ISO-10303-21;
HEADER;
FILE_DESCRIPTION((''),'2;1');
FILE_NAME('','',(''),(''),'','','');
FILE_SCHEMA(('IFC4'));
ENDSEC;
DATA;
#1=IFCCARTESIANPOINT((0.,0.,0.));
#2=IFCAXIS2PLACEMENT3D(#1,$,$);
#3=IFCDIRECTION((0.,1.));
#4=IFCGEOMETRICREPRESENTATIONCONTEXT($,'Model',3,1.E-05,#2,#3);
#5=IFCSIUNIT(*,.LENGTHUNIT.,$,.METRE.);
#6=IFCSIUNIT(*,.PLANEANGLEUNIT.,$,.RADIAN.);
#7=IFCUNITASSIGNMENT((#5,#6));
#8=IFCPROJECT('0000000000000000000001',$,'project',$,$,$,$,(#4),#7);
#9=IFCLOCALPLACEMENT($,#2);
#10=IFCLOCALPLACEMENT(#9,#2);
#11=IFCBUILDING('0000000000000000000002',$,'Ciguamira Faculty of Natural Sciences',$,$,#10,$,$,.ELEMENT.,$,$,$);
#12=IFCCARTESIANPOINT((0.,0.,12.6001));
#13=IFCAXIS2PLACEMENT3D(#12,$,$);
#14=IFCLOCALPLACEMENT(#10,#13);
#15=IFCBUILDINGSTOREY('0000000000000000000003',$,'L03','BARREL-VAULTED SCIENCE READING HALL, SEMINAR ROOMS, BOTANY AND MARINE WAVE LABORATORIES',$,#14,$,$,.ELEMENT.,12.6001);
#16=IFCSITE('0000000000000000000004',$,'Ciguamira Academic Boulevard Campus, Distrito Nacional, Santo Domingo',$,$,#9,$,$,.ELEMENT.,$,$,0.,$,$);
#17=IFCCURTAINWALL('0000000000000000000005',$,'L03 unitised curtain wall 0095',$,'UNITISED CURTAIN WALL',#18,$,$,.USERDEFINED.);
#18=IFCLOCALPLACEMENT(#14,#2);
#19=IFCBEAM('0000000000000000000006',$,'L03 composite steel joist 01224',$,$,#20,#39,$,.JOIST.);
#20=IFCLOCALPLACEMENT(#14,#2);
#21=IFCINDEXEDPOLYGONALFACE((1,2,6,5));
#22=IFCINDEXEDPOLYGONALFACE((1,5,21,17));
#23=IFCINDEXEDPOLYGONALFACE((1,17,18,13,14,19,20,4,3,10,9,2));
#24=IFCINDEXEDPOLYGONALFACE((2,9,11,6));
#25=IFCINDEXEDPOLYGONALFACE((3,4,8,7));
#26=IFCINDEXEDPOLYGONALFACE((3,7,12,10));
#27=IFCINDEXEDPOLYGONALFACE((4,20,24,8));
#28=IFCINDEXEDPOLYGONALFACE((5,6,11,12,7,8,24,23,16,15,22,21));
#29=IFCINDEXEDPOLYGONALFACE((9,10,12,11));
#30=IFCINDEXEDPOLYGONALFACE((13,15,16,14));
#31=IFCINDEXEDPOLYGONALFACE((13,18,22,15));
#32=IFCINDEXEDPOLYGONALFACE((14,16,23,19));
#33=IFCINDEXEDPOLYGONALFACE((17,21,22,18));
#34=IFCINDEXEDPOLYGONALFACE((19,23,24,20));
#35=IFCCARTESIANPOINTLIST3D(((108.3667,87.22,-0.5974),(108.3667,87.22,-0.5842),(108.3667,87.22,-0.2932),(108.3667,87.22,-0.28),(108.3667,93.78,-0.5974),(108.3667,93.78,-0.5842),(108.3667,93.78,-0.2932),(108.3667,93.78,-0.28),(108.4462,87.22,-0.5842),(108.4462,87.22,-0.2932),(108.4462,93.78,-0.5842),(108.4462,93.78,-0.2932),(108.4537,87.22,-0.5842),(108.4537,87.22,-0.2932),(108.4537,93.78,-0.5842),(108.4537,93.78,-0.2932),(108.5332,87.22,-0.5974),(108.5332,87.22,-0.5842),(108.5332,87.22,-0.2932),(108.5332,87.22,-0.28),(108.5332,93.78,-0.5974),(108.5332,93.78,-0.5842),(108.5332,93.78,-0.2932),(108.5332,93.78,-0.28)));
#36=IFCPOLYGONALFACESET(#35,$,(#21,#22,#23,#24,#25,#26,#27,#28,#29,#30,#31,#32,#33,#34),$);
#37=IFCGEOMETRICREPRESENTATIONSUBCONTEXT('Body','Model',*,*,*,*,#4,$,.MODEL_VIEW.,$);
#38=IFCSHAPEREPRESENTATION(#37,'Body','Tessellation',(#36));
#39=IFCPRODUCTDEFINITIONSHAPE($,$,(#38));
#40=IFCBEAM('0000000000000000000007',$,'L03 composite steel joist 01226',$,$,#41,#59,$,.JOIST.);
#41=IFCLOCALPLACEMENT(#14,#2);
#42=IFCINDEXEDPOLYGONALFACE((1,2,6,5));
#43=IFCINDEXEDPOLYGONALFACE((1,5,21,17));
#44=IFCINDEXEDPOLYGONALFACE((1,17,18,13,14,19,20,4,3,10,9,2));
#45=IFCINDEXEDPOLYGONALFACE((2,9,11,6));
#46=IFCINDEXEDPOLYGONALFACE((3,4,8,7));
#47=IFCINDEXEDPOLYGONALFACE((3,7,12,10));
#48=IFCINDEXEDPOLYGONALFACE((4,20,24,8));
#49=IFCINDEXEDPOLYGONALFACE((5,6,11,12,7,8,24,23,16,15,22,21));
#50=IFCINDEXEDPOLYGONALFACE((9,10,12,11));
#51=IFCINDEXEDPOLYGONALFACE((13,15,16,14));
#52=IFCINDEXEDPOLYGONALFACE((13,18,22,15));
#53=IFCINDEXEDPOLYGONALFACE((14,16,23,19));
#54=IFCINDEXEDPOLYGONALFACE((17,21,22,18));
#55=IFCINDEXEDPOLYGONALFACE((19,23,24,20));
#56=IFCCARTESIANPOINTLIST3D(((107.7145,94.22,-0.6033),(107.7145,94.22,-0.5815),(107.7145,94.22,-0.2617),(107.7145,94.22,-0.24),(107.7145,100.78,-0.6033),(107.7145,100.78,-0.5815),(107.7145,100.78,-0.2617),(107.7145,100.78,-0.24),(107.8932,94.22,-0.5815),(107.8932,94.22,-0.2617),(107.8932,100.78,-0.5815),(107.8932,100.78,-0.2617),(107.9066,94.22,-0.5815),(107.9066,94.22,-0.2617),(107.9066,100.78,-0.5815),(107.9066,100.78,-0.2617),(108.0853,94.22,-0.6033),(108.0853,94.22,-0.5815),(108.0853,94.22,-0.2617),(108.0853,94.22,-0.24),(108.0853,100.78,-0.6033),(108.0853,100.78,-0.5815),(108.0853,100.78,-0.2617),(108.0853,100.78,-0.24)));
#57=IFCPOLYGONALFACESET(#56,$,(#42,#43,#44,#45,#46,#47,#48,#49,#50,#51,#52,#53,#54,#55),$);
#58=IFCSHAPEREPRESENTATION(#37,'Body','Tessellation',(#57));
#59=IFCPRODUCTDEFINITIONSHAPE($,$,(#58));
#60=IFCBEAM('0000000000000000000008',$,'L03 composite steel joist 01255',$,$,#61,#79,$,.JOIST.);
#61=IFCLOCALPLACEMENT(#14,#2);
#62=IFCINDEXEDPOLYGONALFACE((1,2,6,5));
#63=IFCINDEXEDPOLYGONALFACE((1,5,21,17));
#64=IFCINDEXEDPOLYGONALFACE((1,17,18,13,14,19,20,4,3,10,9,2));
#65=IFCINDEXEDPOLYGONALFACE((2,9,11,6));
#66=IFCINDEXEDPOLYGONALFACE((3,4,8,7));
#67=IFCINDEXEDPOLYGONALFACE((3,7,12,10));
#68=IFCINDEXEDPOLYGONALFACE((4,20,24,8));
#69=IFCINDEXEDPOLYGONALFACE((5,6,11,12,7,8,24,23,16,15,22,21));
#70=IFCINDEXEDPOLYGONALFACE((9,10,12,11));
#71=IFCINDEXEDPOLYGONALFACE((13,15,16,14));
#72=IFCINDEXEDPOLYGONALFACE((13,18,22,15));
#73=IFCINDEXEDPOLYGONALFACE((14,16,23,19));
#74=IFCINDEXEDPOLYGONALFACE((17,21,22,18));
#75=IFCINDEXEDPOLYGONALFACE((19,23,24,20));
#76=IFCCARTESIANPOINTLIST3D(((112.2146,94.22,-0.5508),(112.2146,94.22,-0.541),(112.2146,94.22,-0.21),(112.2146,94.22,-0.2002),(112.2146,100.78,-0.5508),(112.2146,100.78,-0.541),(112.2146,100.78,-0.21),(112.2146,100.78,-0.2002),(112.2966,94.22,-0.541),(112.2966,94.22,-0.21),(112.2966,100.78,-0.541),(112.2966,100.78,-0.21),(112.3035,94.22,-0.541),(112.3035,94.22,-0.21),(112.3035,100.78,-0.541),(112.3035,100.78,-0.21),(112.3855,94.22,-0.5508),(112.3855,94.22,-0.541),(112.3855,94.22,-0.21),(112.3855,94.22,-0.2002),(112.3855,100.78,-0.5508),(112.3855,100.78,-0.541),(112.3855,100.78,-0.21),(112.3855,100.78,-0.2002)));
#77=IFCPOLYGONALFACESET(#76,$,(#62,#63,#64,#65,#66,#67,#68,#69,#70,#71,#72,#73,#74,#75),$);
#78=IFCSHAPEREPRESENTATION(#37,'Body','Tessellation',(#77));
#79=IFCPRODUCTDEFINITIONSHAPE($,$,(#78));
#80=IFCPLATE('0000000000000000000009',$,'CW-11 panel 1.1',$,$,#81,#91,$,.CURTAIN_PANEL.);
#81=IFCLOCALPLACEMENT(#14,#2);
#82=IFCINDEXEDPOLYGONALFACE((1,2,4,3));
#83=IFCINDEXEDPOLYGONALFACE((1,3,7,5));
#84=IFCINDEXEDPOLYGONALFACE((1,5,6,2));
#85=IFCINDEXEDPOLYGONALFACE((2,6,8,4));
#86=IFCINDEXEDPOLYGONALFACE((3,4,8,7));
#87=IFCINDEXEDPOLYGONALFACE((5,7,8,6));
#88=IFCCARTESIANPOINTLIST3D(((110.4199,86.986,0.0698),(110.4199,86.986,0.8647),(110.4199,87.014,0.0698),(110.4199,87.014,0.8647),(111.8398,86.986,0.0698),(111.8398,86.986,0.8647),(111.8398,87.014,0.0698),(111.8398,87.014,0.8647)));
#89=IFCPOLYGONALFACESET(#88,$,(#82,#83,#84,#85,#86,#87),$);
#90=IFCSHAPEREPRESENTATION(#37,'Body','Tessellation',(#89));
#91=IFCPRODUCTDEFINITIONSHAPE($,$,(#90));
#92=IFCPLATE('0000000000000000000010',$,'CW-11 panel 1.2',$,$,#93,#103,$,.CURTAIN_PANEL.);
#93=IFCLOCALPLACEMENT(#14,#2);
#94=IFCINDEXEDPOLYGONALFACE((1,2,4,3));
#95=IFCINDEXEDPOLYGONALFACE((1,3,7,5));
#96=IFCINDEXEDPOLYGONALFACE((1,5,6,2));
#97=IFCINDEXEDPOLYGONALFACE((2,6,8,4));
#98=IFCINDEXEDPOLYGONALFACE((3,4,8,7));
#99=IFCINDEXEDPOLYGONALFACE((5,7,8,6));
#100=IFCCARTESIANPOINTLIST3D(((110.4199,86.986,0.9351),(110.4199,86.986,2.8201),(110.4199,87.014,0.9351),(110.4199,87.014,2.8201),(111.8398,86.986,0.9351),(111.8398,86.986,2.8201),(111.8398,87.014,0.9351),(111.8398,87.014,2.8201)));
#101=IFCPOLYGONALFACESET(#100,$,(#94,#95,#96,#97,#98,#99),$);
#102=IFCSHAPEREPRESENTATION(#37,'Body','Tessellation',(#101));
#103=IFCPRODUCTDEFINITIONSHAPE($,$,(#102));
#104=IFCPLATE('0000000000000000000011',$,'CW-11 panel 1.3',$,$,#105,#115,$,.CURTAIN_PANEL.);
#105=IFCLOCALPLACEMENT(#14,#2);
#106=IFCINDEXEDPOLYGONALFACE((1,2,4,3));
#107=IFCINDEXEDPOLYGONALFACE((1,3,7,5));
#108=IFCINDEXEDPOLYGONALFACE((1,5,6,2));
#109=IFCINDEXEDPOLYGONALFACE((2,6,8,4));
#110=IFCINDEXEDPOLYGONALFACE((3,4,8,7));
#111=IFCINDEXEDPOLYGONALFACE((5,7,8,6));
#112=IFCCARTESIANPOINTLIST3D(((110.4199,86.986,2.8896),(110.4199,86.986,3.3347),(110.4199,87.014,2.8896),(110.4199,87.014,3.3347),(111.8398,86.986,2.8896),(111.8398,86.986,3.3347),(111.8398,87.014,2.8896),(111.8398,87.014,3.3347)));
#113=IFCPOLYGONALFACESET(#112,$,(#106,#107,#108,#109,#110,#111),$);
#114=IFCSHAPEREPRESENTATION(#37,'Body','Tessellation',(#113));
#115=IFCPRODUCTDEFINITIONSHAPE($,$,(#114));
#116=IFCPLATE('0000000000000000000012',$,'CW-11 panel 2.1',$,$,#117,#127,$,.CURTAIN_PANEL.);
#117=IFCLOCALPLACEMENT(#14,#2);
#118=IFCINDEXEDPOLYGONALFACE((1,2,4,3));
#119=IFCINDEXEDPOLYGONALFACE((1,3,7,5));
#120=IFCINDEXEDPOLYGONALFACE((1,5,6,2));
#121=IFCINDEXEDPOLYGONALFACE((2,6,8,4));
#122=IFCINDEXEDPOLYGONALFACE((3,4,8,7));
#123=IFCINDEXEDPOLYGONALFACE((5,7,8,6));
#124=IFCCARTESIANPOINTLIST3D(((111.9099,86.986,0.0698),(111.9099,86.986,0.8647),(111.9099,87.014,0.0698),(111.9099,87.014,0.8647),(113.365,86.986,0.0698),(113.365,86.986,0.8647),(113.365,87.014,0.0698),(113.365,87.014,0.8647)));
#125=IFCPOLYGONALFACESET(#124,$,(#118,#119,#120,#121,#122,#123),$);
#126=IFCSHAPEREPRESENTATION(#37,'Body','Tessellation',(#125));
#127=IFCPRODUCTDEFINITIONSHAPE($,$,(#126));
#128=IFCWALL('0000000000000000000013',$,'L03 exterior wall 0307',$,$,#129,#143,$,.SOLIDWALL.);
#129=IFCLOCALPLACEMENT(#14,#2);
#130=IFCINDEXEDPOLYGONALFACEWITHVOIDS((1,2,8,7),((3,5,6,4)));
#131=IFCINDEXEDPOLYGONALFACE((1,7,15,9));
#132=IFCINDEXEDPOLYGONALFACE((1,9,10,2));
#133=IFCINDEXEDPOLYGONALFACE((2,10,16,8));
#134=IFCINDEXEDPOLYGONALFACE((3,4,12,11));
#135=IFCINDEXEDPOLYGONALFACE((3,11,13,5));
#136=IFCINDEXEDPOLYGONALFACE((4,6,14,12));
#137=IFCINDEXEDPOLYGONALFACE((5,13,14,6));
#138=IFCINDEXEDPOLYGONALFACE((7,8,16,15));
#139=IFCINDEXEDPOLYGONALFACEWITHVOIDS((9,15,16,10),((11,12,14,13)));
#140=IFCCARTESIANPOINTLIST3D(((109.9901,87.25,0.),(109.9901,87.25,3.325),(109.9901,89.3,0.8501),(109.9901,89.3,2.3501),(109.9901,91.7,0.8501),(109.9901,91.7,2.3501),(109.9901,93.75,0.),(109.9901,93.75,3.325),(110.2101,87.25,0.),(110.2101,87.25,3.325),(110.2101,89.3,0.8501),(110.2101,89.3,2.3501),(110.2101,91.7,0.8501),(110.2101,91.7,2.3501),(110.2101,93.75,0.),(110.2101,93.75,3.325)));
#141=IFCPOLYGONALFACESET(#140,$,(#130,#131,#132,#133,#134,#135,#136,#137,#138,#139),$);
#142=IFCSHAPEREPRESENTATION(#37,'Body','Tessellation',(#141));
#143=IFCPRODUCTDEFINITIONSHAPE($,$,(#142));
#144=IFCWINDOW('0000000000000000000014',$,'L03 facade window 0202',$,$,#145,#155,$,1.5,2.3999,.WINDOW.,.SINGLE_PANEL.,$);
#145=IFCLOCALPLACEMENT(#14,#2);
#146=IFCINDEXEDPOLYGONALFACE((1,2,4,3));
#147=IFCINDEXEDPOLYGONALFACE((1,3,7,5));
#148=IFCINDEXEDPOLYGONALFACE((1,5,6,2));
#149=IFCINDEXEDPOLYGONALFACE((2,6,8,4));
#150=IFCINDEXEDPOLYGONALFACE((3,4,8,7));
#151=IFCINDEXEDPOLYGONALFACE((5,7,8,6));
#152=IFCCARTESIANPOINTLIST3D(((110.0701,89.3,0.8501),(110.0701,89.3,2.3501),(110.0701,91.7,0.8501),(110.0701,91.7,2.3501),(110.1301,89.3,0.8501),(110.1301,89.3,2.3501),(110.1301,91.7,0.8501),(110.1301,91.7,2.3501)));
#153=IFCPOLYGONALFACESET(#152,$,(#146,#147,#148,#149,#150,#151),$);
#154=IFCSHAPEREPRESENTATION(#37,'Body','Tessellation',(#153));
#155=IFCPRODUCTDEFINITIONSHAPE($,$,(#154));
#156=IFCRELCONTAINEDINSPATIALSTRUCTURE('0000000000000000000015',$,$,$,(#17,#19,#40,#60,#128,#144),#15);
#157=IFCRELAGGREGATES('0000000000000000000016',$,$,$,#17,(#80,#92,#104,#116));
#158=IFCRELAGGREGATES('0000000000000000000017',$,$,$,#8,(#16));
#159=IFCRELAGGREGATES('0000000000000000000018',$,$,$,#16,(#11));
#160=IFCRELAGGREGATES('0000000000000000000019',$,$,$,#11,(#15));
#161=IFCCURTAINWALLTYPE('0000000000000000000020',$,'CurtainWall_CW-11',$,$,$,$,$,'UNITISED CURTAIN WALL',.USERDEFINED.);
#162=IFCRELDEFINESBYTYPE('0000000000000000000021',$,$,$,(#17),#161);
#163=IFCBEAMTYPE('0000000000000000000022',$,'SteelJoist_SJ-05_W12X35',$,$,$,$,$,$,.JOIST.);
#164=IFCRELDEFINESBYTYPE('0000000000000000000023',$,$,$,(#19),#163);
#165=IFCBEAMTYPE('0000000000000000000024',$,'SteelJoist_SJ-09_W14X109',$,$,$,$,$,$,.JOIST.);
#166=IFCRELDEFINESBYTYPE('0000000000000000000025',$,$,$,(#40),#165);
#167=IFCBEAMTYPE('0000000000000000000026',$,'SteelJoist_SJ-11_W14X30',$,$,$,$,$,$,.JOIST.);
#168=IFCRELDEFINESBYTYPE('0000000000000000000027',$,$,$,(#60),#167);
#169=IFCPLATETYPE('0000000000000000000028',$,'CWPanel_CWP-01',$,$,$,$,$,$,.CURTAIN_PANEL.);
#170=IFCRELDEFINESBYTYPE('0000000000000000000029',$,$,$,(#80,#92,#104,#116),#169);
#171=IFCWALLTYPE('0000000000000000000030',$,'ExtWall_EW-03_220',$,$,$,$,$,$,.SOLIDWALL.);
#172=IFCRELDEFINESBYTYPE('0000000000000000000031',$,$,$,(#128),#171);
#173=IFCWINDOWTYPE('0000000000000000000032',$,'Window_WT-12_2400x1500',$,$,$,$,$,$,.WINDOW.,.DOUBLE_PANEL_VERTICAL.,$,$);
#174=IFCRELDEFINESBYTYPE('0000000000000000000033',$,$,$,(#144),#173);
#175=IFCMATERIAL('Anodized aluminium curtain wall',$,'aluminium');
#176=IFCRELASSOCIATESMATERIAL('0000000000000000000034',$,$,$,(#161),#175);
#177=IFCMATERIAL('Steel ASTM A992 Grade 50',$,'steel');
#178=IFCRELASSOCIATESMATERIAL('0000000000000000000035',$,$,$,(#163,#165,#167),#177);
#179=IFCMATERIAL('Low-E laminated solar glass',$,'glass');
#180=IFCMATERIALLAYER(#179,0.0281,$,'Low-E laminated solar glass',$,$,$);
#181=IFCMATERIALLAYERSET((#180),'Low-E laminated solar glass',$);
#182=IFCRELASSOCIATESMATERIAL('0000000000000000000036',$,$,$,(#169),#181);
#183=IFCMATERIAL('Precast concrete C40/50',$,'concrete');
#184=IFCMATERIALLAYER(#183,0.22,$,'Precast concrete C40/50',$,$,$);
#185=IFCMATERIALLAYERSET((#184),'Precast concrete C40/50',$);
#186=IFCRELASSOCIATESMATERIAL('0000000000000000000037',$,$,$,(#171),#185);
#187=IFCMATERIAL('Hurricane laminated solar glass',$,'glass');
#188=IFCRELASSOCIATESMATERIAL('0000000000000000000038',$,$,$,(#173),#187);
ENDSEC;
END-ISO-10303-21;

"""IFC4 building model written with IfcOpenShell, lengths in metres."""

from ifc_helpers import new_model, si_unit, direction, frame, frame_2d, origin, origin_2d, place, context, subcontext, project, spatial, rectangle, i_section, extrude, material, layer, layer_set, material_profile, profile_set, type_object, element, fill, aggregate, save


model = new_model("IFC4")

# Units and contexts
model_context = context("Model", 3, precision=1e-05, world=origin(), true_north=direction((0.0, 1.0)))
body_context = subcontext(model_context, "Body", "Model", "MODEL_VIEW")
ifc_project = project(units=[si_unit("LENGTHUNIT", "METRE"), si_unit("PLANEANGLEUNIT", "RADIAN")], contexts=[model_context])

# Site, building, storey
site_placement = place(None, origin())
site = spatial("IfcSite", under=ifc_project, at=site_placement, Name="Ciguamira Academic Boulevard Campus, Distrito Nacional, Santo Domingo", CompositionType="ELEMENT", RefElevation=0.0)
building_placement = place(site_placement, origin())
building = spatial("IfcBuilding", under=site, at=building_placement, Name="Ciguamira Faculty of Natural Sciences", CompositionType="ELEMENT")
storey_placement = place(building_placement, frame((0.0, 0.0, 12.6001)))
storey = spatial("IfcBuildingStorey", under=building, at=storey_placement, Name="L03", Description="BARREL-VAULTED SCIENCE READING HALL, SEMINAR ROOMS, BOTANY AND MARINE WAVE LABORATORIES", CompositionType="ELEMENT", Elevation=12.6001)

# Curtain wall
ifc_material_1 = material(Name="Anodized aluminium curtain wall", Category="aluminium")
curtain_wall_type = type_object("IfcCurtainWallType", Name="CurtainWall_CW-11", ElementType="UNITISED CURTAIN WALL", PredefinedType="USERDEFINED", material=ifc_material_1)
curtain_wall_placement = place(storey_placement, origin())
curtain_wall = element("IfcCurtainWall", 1, at=curtain_wall_placement, inside=storey, type_object=curtain_wall_type, Name="L03 unitised curtain wall 0095", ObjectType="UNITISED CURTAIN WALL", PredefinedType="USERDEFINED")

# Beams
ifc_material_2 = material(Name="Precast concrete C40/50", Category="concrete")
ifc_material_3 = material(Name="Steel ASTM A992 Grade 50", Category="steel")
ifc_material_profile_1 = material_profile(ifc_material_3, i_section(OverallWidth=0.1665, OverallDepth=0.3174, WebThickness=0.0076, FlangeThickness=0.0132, at=origin_2d()), Name="W12X35")
ifc_profile_set_1 = profile_set([ifc_material_profile_1], Name="Steel ASTM A992 Grade 50")
beam_type_1 = type_object("IfcBeamType", Name="SteelJoist_SJ-05_W12X35", PredefinedType="JOIST", material=ifc_profile_set_1)
beam_1_placement = place(storey_placement, frame((108.45, 87.22, -0.4387), z_axis=(0.0, 1.0, 0.0), x_axis=(-1.0, 0.0, 0.0)))
element("IfcBeam", 2, at=beam_1_placement, inside=storey, type_object=beam_type_1, Name="L03 composite steel joist 01224", PredefinedType="JOIST", context=body_context, shape_type="SweptSolid", body=[
    extrude(i_section(OverallWidth=0.1665, OverallDepth=0.3174, WebThickness=0.0076, FlangeThickness=0.0132, at=origin_2d()), origin(), (0.0, 0.0, 1.0), 6.5601),
])
ifc_material_profile_2 = material_profile(ifc_material_3, i_section(OverallWidth=0.3708, OverallDepth=0.3633, WebThickness=0.0134, FlangeThickness=0.0217, at=origin_2d()), Name="W14X109")
ifc_profile_set_2 = profile_set([ifc_material_profile_2], Name="Steel ASTM A992 Grade 50")
beam_type_2 = type_object("IfcBeamType", Name="SteelJoist_SJ-09_W14X109", PredefinedType="JOIST", material=ifc_profile_set_2)
beam_2_placement = place(storey_placement, frame((107.8999, 94.22, -0.4216), z_axis=(0.0, 1.0, 0.0), x_axis=(-1.0, 0.0, 0.0)))
element("IfcBeam", 3, at=beam_2_placement, inside=storey, type_object=beam_type_2, Name="L03 composite steel joist 01226", PredefinedType="JOIST", context=body_context, shape_type="SweptSolid", body=[
    extrude(i_section(OverallWidth=0.3708, OverallDepth=0.3633, WebThickness=0.0134, FlangeThickness=0.0217, at=origin_2d()), origin(), (0.0, 0.0, 1.0), 6.5601),
])
ifc_material_profile_3 = material_profile(ifc_material_3, i_section(OverallWidth=0.1709, OverallDepth=0.3506, WebThickness=0.0068, FlangeThickness=0.0098, at=origin_2d()), Name="W14X30")
ifc_profile_set_3 = profile_set([ifc_material_profile_3], Name="Steel ASTM A992 Grade 50")
beam_type_3 = type_object("IfcBeamType", Name="SteelJoist_SJ-11_W14X30", PredefinedType="JOIST", material=ifc_profile_set_3)
beam_3_placement = place(storey_placement, frame((112.3, 94.22, -0.3755), z_axis=(0.0, 1.0, 0.0), x_axis=(-1.0, 0.0, 0.0)))
element("IfcBeam", 4, at=beam_3_placement, inside=storey, type_object=beam_type_3, Name="L03 composite steel joist 01255", PredefinedType="JOIST", context=body_context, shape_type="SweptSolid", body=[
    extrude(i_section(OverallWidth=0.1709, OverallDepth=0.3506, WebThickness=0.0068, FlangeThickness=0.0098, at=origin_2d()), origin(), (0.0, 0.0, 1.0), 6.5601),
])

# Plates
ifc_material_4 = material(Name="Low-E laminated solar glass", Category="glass")
ifc_layer_1 = layer(ifc_material_4, 0.0281, Name="Low-E laminated solar glass")
ifc_layer_set_1 = layer_set([ifc_layer_1], Name="Low-E laminated solar glass")
plate_type = type_object("IfcPlateType", Name="CWPanel_CWP-01", PredefinedType="CURTAIN_PANEL", material=ifc_layer_set_1)
plate_1_placement = place(storey_placement, frame((111.1299, 87.0, 0.0698), z_axis=(0.0, 0.0, 1.0), x_axis=(1.0, 0.0, 0.0)))
plate_1 = element("IfcPlate", 5, at=plate_1_placement, type_object=plate_type, Name="CW-11 panel 1.1", PredefinedType="CURTAIN_PANEL", context=body_context, shape_type="SweptSolid", body=[
    extrude(rectangle(XDim=1.4199, YDim=0.0281, at=origin_2d()), origin(), (0.0, 0.0, 1.0), 0.7949),
])
plate_2_placement = place(storey_placement, frame((111.1299, 87.0, 0.9351), z_axis=(0.0, 0.0, 1.0), x_axis=(1.0, 0.0, 0.0)))
plate_2 = element("IfcPlate", 6, at=plate_2_placement, type_object=plate_type, Name="CW-11 panel 1.2", PredefinedType="CURTAIN_PANEL", context=body_context, shape_type="SweptSolid", body=[
    extrude(rectangle(XDim=1.4199, YDim=0.0281, at=origin_2d()), origin(), (0.0, 0.0, 1.0), 1.885),
])
plate_3_placement = place(storey_placement, frame((111.1299, 87.0, 2.8896), z_axis=(0.0, 0.0, 1.0), x_axis=(1.0, 0.0, 0.0)))
plate_3 = element("IfcPlate", 7, at=plate_3_placement, type_object=plate_type, Name="CW-11 panel 1.3", PredefinedType="CURTAIN_PANEL", context=body_context, shape_type="SweptSolid", body=[
    extrude(rectangle(XDim=1.4199, YDim=0.0281, at=origin_2d()), origin(), (0.0, 0.0, 1.0), 0.4451),
])
plate_4_placement = place(storey_placement, frame((112.6375, 87.0, 0.0698), z_axis=(0.0, 0.0, 1.0), x_axis=(1.0, 0.0, 0.0)))
plate_4 = element("IfcPlate", 8, at=plate_4_placement, type_object=plate_type, Name="CW-11 panel 2.1", PredefinedType="CURTAIN_PANEL", context=body_context, shape_type="SweptSolid", body=[
    extrude(rectangle(XDim=1.4551, YDim=0.0281, at=origin_2d()), origin(), (0.0, 0.0, 1.0), 0.7949),
])
aggregate(curtain_wall, [plate_1, plate_2, plate_3, plate_4])

# Wall, opening, window
ifc_layer_2 = layer(ifc_material_2, 0.22, Name="Precast concrete C40/50")
ifc_layer_set_2 = layer_set([ifc_layer_2], Name="Precast concrete C40/50")
wall_type = type_object("IfcWallType", Name="ExtWall_EW-03_220", PredefinedType="SOLIDWALL", material=ifc_layer_set_2)
wall_placement = place(storey_placement, frame((110.1001, 87.25, 0.0), z_axis=(0.0, 0.0, 1.0), x_axis=(0.0, 1.0, 0.0)))
wall = element("IfcWall", 9, at=wall_placement, inside=storey, type_object=wall_type, Name="L03 exterior wall 0307", PredefinedType="SOLIDWALL", context=body_context, shape_type="SweptSolid", body=[
    extrude(rectangle(XDim=6.5, YDim=0.22, at=frame_2d((3.25, 0.0))), origin(), (0.0, 0.0, 1.0), 3.325),
])
opening_placement = place(wall_placement, frame((2.05, 0.0, 0.8501)))
opening = element("IfcOpeningElement", 10, at=opening_placement, cuts=wall, PredefinedType="OPENING", context=body_context, shape_type="SweptSolid", body=[
    extrude(rectangle(XDim=2.3999, YDim=1.5, at=frame_2d((1.2, 0.75))), frame((0.0, 0.1199, 0.0), z_axis=(0.0, -1.0, 0.0), x_axis=(1.0, 0.0, 0.0)), (0.0, 0.0, 1.0), 0.24),
])
ifc_material_5 = material(Name="Hurricane laminated solar glass", Category="glass")
window_type = type_object("IfcWindowType", Name="Window_WT-12_2400x1500", PartitioningType="DOUBLE_PANEL_VERTICAL", PredefinedType="WINDOW", material=ifc_material_5)
window_placement = place(opening_placement, origin())
window = element("IfcWindow", 11, at=window_placement, inside=storey, type_object=window_type, Name="L03 facade window 0202", OverallHeight=1.5, OverallWidth=2.3999, PartitioningType="SINGLE_PANEL", PredefinedType="WINDOW", context=body_context, shape_type="SweptSolid", body=[
    extrude(rectangle(XDim=2.3999, YDim=1.5, at=frame_2d((1.2, 0.75))), frame((0.0, 0.03, 0.0), z_axis=(0.0, -1.0, 0.0), x_axis=(1.0, 0.0, 0.0)), (0.0, 0.0, 1.0), 0.0601),
])
fill(opening, window)

save(model, "model.ifc")
